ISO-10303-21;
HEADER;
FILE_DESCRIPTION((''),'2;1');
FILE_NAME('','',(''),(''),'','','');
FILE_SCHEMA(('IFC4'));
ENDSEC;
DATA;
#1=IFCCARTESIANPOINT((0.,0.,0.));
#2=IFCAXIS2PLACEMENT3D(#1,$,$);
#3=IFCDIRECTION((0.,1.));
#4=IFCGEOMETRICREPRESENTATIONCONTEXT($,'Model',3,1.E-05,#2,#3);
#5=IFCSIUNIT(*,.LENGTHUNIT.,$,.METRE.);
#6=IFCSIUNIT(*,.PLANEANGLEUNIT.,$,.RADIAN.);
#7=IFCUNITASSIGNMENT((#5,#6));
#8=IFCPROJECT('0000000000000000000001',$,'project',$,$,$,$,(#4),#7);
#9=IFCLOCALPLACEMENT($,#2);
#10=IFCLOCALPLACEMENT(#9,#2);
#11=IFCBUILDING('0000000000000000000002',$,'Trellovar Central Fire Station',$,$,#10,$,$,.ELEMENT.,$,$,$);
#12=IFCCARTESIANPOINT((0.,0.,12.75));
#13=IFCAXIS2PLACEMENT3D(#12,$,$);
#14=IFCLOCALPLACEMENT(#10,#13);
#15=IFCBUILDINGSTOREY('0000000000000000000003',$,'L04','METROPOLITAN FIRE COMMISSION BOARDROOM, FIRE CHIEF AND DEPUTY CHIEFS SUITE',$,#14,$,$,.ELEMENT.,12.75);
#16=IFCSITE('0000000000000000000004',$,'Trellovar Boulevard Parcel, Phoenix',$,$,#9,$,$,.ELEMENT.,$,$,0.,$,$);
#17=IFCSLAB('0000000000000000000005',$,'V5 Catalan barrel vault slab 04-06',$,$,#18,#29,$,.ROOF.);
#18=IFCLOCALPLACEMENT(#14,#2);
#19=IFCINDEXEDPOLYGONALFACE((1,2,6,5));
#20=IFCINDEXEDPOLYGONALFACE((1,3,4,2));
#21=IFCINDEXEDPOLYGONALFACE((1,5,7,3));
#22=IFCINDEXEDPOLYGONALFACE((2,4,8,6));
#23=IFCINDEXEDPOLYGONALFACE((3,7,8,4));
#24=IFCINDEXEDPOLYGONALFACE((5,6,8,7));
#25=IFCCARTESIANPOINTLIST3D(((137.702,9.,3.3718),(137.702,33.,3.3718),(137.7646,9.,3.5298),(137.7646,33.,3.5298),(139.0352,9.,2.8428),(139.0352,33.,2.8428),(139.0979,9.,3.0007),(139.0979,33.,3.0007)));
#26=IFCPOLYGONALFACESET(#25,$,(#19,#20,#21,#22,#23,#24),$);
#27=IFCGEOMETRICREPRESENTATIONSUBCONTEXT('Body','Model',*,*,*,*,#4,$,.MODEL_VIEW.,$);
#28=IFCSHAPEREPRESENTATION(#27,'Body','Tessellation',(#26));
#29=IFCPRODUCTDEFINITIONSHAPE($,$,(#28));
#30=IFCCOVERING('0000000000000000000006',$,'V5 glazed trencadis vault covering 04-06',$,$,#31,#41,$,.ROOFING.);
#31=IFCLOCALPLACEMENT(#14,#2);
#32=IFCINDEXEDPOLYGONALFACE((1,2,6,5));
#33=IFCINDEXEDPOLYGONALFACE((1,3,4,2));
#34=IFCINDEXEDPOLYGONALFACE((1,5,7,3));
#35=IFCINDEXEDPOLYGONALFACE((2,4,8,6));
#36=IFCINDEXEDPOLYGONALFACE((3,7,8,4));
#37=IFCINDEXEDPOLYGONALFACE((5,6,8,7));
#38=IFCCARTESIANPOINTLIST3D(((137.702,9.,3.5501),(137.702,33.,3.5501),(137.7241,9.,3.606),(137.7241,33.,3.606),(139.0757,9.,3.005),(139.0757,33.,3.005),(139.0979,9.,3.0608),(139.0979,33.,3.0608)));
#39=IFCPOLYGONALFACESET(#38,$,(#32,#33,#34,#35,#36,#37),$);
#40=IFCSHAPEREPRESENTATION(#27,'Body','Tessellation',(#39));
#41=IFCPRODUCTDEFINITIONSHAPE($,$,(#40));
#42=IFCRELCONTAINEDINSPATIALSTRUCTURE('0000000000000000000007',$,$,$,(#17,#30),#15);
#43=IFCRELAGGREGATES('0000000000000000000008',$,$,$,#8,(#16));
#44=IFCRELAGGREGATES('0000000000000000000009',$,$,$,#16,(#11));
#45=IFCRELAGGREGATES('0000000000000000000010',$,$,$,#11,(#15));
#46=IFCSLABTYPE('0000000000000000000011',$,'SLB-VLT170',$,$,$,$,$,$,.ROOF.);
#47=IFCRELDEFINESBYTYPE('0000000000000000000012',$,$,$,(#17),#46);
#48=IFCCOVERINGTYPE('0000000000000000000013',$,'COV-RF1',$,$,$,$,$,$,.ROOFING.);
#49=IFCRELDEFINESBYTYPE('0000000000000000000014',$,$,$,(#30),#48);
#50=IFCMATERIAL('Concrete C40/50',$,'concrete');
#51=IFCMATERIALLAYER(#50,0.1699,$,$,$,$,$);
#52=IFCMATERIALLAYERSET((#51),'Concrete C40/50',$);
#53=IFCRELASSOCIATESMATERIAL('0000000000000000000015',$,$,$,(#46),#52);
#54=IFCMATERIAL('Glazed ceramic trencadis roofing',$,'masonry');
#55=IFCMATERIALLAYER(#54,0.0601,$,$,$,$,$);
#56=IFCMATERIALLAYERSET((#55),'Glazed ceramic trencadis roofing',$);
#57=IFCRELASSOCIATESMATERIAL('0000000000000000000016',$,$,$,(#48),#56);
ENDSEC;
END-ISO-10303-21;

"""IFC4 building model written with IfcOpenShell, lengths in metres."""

from ifc_helpers import new_model, si_unit, direction, frame, origin, place, context, subcontext, project, spatial, polyline, outline, extrude, material, layer, layer_set, type_object, element, save


model = new_model("IFC4")

# Units and contexts
model_context = context("Model", 3, precision=1e-05, world=origin(), true_north=direction((0.0, 1.0)))
body_context = subcontext(model_context, "Body", "Model", "MODEL_VIEW")
ifc_project = project(units=[si_unit("LENGTHUNIT", "METRE"), si_unit("PLANEANGLEUNIT", "RADIAN")], contexts=[model_context])

# Site, building, storey
site_placement = place(None, origin())
site = spatial("IfcSite", under=ifc_project, at=site_placement, Name="Trellovar Boulevard Parcel, Phoenix", CompositionType="ELEMENT", RefElevation=0.0)
building_placement = place(site_placement, origin())
building = spatial("IfcBuilding", under=site, at=building_placement, Name="Trellovar Central Fire Station", CompositionType="ELEMENT")
storey_placement = place(building_placement, frame((0.0, 0.0, 12.75)))
storey = spatial("IfcBuildingStorey", under=building, at=storey_placement, Name="L04", Description="METROPOLITAN FIRE COMMISSION BOARDROOM, FIRE CHIEF AND DEPUTY CHIEFS SUITE", CompositionType="ELEMENT", Elevation=12.75)

# Slab
ifc_material_1 = material(Name="Concrete C40/50", Category="concrete")
ifc_layer_1 = layer(ifc_material_1, 0.1699)
ifc_layer_set_1 = layer_set([ifc_layer_1], Name="Concrete C40/50")
slab_type = type_object("IfcSlabType", Name="SLB-VLT170", PredefinedType="ROOF", material=ifc_layer_set_1)
slab_placement = place(storey_placement, frame((137.7646, 9.0, 3.5298), z_axis=(0.368836, 0.0, 0.929494), x_axis=(0.929494, 0.0, -0.368836)))
element("IfcSlab", 1, at=slab_placement, inside=storey, type_object=slab_type, Name="V5 Catalan barrel vault slab 04-06", PredefinedType="ROOF", context=body_context, shape_type="SweptSolid", body=[
    extrude(outline(polyline([(0.0, 0.0), (1.4344, 0.0), (1.4344, 24.0), (0.0, 24.0), (0.0, 0.0)])), origin(), (0.0, 0.0, -1.0), 0.1699),
])

# Covering
ifc_material_2 = material(Name="Glazed ceramic trencadis roofing", Category="masonry")
ifc_layer_2 = layer(ifc_material_2, 0.0601)
ifc_layer_set_2 = layer_set([ifc_layer_2], Name="Glazed ceramic trencadis roofing")
covering_type = type_object("IfcCoveringType", Name="COV-RF1", PredefinedType="ROOFING", material=ifc_layer_set_2)
covering_placement = place(storey_placement, frame((137.7241, 9.0, 3.606), z_axis=(0.368855, 0.0, 0.929487), x_axis=(0.929487, 0.0, -0.368855)))
element("IfcCovering", 2, at=covering_placement, inside=storey, type_object=covering_type, Name="V5 glazed trencadis vault covering 04-06", PredefinedType="ROOFING", context=body_context, shape_type="SweptSolid", body=[
    extrude(outline(polyline([(0.0, 0.0), (1.478, 0.0), (1.478, 24.0), (0.0, 24.0), (0.0, 0.0)])), origin(), (0.0, 0.0, -1.0), 0.0601),
])

save(model, "model.ifc")
